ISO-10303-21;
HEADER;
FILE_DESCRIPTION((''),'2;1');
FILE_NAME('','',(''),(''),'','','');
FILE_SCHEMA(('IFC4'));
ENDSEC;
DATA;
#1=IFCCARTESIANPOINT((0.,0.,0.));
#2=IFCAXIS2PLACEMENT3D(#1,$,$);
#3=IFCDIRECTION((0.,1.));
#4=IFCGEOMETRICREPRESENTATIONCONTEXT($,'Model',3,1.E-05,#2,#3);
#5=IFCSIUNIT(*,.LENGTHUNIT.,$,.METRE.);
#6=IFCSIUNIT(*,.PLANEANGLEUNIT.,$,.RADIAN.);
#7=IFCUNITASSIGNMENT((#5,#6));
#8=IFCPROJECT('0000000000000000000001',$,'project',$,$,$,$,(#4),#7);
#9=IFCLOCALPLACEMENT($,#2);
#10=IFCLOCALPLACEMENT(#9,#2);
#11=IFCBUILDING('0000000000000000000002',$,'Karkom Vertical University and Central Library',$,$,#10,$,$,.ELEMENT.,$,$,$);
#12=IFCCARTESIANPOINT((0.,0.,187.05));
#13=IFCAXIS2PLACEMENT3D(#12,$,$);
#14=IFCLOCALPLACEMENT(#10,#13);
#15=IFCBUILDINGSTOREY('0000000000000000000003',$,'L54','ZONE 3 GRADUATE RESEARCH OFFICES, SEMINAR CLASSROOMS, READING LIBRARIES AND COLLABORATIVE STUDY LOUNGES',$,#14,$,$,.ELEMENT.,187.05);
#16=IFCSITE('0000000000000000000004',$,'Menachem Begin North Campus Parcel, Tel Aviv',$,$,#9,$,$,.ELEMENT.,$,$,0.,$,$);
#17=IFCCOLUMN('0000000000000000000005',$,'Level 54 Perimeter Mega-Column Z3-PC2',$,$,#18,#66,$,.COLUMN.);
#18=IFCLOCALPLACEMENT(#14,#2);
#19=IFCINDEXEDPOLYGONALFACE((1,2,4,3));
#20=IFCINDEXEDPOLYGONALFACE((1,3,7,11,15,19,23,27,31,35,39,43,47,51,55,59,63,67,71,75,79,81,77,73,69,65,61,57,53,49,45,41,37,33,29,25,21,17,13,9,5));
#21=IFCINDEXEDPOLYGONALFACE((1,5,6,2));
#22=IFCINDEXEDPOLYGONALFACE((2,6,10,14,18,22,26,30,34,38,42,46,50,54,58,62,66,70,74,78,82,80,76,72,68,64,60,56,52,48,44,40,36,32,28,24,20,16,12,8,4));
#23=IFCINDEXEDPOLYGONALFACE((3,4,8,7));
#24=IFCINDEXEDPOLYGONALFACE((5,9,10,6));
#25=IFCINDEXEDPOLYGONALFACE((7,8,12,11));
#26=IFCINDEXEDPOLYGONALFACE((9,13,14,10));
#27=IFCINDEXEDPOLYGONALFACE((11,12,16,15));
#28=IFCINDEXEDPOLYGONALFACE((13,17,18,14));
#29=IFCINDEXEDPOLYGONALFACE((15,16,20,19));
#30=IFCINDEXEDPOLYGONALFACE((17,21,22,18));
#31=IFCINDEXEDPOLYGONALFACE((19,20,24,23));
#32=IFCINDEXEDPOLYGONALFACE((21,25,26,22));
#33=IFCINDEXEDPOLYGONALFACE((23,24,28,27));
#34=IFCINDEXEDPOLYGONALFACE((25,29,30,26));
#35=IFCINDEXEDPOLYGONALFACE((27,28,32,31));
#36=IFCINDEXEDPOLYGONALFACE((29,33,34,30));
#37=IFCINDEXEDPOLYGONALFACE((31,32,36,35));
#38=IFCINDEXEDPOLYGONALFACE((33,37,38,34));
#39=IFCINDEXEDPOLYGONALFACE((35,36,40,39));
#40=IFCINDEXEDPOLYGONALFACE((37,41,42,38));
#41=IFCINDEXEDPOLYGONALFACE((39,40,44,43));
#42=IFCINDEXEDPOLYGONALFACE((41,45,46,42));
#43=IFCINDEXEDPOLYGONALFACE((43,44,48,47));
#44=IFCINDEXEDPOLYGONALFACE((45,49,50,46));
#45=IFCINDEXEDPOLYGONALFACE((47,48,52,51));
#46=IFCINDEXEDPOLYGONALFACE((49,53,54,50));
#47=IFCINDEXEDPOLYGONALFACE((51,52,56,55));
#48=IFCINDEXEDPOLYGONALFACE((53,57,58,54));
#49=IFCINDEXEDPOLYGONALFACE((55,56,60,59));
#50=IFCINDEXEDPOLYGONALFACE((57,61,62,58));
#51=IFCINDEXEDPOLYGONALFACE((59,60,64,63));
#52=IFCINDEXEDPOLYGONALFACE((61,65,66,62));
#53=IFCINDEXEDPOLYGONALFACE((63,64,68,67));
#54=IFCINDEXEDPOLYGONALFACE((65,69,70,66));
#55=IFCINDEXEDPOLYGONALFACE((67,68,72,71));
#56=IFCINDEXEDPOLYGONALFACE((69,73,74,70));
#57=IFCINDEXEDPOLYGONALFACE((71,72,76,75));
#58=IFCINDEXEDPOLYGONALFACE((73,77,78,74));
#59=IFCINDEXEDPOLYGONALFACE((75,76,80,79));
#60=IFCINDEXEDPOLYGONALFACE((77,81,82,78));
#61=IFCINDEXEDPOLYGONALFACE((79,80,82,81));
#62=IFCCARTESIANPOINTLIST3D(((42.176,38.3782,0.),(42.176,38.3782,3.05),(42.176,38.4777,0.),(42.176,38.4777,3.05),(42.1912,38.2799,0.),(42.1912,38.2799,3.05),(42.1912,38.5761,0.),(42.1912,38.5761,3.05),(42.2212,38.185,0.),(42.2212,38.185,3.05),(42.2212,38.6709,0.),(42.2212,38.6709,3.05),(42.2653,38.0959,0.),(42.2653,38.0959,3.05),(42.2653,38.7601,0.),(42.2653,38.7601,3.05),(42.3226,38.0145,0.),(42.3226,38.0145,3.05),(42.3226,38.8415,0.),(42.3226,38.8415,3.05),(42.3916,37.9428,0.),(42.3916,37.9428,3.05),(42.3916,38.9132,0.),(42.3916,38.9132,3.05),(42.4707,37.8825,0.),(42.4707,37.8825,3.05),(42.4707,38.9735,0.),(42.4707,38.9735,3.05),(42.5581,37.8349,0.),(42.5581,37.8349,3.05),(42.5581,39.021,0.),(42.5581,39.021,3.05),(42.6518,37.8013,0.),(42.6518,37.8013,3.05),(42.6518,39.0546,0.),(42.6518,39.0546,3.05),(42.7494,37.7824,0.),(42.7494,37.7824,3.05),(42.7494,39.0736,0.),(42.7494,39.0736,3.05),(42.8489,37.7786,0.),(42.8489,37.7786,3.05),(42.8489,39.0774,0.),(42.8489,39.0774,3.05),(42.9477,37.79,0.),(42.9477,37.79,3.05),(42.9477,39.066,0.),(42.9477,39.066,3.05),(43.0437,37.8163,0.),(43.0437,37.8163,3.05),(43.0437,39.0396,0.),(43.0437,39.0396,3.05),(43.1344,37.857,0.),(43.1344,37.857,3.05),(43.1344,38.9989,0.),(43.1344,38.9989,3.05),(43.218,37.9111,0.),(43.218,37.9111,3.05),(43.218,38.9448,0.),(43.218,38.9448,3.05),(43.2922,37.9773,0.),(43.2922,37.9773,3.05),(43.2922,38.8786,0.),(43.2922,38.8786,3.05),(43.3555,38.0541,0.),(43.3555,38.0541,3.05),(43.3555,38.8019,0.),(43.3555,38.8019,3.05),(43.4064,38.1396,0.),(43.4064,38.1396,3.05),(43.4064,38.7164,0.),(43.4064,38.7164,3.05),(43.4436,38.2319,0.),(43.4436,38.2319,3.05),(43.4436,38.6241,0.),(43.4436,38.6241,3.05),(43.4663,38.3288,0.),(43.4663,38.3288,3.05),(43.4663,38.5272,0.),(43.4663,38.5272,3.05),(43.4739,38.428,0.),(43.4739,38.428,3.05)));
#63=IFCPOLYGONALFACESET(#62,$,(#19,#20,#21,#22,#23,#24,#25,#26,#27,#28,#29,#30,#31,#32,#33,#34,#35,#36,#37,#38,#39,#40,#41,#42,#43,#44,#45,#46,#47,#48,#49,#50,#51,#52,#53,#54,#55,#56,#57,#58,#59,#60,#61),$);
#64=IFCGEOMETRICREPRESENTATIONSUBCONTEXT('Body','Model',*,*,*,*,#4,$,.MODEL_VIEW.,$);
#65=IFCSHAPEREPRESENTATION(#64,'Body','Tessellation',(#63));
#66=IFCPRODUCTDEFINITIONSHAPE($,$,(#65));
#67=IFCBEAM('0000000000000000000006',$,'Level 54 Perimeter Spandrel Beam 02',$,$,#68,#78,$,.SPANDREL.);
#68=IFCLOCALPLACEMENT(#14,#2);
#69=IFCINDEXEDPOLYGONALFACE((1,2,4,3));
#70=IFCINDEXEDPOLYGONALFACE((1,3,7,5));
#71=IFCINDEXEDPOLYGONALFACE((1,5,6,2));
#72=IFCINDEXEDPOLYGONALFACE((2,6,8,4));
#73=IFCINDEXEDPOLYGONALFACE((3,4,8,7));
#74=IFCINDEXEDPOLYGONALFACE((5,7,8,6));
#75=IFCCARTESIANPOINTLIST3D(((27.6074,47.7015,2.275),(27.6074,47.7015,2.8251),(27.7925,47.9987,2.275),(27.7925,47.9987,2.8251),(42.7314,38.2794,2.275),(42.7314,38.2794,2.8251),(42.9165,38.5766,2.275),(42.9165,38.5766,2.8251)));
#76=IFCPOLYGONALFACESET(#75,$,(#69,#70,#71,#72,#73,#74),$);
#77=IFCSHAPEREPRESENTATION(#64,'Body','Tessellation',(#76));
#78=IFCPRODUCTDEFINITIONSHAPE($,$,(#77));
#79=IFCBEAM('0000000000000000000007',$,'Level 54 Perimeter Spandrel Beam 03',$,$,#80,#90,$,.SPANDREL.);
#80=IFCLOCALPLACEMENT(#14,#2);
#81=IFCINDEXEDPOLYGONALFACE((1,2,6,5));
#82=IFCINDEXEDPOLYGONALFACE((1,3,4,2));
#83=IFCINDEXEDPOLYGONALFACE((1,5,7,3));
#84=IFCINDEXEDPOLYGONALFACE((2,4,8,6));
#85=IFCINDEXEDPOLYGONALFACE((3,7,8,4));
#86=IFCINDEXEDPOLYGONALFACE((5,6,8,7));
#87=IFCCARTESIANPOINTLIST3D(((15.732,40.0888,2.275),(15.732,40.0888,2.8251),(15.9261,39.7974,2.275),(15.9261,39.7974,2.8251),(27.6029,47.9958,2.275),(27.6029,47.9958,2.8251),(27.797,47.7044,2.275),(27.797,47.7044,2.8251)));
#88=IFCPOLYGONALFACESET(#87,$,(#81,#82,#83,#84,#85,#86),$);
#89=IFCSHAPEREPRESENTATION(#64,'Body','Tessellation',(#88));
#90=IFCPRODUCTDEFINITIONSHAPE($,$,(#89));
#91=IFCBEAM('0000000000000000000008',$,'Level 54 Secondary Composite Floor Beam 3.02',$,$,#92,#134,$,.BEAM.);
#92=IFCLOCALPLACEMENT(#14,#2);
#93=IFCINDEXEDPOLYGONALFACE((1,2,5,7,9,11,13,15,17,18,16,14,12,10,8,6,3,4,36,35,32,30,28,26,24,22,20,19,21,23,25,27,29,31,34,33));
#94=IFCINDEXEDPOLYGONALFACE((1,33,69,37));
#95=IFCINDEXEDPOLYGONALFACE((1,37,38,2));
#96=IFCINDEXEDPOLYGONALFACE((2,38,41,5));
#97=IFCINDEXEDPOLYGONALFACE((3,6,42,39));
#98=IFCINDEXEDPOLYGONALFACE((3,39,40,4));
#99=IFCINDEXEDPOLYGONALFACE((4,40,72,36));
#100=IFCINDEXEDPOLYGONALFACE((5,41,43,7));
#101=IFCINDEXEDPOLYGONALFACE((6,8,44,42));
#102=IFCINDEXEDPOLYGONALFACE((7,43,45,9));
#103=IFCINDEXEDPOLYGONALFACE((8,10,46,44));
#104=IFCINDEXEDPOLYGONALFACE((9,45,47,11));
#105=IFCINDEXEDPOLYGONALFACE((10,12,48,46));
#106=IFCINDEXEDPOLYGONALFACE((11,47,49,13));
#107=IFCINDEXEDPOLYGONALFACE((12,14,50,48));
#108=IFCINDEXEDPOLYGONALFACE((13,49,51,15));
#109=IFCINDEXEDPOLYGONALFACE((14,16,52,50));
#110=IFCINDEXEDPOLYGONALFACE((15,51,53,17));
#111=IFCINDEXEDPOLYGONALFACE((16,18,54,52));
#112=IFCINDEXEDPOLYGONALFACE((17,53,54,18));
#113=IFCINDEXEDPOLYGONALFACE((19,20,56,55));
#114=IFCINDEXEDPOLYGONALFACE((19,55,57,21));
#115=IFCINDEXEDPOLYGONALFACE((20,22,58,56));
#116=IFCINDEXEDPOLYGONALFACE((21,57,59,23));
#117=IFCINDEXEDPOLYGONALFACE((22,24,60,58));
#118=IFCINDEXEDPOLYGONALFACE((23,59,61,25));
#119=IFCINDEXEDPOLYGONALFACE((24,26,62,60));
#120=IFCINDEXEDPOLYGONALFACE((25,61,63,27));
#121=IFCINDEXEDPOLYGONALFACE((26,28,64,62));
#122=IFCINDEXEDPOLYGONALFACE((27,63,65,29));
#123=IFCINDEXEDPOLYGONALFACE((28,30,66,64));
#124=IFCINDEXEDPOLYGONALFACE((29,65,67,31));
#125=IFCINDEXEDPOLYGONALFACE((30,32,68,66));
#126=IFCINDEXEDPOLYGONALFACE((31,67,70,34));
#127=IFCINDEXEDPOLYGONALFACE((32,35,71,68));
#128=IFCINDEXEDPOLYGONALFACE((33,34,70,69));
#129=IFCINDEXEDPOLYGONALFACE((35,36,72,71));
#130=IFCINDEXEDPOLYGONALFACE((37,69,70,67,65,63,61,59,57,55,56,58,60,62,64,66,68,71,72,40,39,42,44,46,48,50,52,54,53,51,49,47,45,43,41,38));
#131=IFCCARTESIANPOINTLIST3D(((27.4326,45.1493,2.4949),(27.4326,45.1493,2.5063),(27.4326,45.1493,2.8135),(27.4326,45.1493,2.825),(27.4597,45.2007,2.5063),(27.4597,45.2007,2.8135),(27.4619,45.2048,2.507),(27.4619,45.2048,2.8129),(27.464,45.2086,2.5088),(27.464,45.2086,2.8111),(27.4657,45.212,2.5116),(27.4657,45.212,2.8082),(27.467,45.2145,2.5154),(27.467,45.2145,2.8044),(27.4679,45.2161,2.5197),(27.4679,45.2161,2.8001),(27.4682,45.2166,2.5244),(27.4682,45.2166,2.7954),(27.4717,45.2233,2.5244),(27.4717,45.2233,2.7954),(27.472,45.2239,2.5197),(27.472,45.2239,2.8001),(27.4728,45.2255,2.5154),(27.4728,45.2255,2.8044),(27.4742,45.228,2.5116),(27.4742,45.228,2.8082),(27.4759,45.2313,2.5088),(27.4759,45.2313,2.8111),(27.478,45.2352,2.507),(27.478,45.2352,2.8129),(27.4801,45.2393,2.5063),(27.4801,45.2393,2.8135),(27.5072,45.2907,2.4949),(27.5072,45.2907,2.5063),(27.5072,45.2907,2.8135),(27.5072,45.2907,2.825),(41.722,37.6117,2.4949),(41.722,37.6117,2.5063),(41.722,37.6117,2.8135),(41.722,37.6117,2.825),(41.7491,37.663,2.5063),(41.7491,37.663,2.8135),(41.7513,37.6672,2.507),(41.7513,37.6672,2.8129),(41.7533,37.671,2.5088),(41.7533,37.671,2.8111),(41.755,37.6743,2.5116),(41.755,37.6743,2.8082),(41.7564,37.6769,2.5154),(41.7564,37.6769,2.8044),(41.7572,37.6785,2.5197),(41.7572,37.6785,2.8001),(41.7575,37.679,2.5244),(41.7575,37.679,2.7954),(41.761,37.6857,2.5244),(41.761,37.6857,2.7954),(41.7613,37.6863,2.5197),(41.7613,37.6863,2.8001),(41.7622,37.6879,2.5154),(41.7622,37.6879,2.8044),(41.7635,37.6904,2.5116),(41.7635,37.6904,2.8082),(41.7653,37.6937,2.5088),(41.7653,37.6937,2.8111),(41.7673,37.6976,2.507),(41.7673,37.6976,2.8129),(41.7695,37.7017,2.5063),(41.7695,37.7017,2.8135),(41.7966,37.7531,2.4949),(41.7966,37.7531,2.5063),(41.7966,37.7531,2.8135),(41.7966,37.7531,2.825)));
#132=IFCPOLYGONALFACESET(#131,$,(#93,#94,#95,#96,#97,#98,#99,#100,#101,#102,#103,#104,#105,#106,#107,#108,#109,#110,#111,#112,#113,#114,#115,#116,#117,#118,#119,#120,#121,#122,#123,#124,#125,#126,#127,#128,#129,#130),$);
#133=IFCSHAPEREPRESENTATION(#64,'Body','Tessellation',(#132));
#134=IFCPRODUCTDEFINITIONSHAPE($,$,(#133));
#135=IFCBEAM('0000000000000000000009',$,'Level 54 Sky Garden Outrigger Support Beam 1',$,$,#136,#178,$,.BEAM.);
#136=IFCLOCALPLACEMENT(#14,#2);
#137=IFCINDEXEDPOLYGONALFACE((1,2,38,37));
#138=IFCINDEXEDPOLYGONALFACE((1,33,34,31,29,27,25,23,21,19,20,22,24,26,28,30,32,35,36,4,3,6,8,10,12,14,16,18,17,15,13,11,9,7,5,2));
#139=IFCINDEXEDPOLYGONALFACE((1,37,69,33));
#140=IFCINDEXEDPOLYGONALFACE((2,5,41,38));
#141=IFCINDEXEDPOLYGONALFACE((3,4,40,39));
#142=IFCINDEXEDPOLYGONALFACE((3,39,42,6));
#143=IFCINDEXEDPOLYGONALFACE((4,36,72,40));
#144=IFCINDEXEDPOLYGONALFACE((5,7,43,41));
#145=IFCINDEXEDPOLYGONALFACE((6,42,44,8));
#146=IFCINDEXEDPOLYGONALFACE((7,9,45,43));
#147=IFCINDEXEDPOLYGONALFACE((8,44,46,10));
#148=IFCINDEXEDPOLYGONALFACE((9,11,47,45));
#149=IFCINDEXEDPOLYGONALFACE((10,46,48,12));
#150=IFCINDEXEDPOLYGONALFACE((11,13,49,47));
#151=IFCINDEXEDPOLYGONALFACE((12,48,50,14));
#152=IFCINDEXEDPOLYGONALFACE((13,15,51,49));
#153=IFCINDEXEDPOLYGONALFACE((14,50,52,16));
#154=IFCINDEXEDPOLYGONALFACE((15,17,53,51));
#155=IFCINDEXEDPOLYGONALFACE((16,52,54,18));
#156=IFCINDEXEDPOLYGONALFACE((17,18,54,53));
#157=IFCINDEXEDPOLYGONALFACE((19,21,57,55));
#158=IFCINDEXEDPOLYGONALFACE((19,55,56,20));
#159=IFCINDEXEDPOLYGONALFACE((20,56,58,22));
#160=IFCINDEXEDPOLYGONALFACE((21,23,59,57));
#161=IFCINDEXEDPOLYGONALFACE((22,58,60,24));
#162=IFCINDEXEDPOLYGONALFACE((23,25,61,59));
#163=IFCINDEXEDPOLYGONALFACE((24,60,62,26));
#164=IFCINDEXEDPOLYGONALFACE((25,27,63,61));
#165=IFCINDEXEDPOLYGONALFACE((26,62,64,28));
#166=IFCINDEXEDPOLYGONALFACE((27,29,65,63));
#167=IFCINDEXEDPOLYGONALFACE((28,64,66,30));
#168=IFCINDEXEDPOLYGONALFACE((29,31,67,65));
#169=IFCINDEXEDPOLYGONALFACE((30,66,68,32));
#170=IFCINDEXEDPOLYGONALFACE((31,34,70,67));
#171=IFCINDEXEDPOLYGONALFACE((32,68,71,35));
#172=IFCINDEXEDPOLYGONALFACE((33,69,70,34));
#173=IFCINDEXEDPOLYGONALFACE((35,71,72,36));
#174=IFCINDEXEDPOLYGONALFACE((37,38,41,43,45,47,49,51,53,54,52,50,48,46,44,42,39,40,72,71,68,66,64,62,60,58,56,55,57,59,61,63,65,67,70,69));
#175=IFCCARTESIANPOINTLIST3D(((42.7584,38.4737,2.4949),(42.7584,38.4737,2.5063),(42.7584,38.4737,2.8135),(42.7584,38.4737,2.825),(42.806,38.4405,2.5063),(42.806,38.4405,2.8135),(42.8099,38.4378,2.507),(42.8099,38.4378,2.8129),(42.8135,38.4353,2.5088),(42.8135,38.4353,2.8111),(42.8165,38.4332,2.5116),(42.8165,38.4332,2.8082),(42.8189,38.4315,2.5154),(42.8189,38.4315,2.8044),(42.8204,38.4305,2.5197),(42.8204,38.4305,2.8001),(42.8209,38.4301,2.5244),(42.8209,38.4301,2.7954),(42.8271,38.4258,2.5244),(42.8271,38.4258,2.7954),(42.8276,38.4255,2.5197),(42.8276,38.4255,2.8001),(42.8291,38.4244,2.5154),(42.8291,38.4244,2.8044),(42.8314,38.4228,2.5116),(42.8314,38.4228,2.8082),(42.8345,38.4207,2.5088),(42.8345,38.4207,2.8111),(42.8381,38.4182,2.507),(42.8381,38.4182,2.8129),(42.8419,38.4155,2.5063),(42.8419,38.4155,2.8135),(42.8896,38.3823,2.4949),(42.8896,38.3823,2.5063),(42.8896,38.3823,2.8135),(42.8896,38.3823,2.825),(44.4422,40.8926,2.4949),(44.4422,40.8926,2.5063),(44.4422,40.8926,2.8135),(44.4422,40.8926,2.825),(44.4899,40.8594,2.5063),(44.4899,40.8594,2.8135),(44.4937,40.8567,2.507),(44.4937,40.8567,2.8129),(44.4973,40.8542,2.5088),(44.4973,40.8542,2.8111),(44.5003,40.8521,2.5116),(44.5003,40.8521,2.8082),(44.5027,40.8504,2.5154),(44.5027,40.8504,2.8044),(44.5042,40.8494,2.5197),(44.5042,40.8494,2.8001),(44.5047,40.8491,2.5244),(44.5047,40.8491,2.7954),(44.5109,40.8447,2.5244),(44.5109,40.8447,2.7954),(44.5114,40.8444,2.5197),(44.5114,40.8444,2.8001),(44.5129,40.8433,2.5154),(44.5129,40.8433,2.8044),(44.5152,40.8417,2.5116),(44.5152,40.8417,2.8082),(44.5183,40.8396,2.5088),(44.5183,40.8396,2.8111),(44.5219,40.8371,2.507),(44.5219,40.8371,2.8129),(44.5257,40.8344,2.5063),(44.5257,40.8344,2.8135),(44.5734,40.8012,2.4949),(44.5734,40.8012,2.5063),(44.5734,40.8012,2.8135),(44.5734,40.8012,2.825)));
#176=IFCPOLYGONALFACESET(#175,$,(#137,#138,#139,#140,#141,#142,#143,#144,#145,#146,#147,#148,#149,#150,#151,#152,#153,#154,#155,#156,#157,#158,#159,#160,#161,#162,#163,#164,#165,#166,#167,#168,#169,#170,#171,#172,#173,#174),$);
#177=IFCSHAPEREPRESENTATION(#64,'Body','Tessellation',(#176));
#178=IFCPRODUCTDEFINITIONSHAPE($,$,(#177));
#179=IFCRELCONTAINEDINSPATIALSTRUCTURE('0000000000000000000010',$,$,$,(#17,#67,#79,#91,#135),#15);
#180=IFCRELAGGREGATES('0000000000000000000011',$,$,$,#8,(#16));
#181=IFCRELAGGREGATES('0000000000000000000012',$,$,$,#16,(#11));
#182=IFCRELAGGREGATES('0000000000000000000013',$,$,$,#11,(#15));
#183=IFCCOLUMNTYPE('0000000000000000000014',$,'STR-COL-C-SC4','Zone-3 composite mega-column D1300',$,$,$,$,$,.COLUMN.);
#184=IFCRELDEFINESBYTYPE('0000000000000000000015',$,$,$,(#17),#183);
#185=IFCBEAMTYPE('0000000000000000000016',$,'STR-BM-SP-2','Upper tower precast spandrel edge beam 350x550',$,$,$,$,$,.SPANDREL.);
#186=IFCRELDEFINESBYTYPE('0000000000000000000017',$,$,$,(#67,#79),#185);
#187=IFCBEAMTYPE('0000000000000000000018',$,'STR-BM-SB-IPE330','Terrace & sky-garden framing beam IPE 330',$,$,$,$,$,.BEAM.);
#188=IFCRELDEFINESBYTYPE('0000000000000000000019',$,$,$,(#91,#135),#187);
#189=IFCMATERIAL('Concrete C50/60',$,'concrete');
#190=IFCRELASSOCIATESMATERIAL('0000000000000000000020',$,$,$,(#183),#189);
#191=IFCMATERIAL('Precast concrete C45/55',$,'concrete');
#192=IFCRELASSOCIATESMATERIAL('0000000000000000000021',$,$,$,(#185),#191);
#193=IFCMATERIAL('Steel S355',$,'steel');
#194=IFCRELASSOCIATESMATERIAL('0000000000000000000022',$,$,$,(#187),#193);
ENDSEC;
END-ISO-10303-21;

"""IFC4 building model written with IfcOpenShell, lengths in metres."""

from ifc_helpers import new_model, si_unit, direction, frame, origin, origin_with_axes, origin_2d, place, context, subcontext, project, spatial, rectangle, circle, i_section, extrude, source, transform, mapped, material, material_profile, profile_set, type_object, element, save


model = new_model("IFC4")

# Units and contexts
model_context = context("Model", 3, precision=1e-05, world=origin(), true_north=direction((0.0, 1.0)))
body_context = subcontext(model_context, "Body", "Model", "MODEL_VIEW")
ifc_project = project(units=[si_unit("LENGTHUNIT", "METRE"), si_unit("PLANEANGLEUNIT", "RADIAN")], contexts=[model_context])

# Site, building, storey
site_placement = place(None, origin())
site = spatial("IfcSite", under=ifc_project, at=site_placement, Name="Menachem Begin North Campus Parcel, Tel Aviv", CompositionType="ELEMENT", RefElevation=0.0)
building_placement = place(site_placement, origin())
building = spatial("IfcBuilding", under=site, at=building_placement, Name="Karkom Vertical University and Central Library", CompositionType="ELEMENT")
storey_placement = place(building_placement, frame((0.0, 0.0, 187.05)))
storey = spatial("IfcBuildingStorey", under=building, at=storey_placement, Name="L54", Description="ZONE 3 GRADUATE RESEARCH OFFICES, SEMINAR CLASSROOMS, READING LIBRARIES AND COLLABORATIVE STUDY LOUNGES", CompositionType="ELEMENT", Elevation=187.05)

# Column
ifc_material_1 = material(Name="Concrete C50/60", Category="concrete")
ifc_material_profile_1 = material_profile(ifc_material_1, circle(Radius=0.6499, at=origin_2d()), Name="CFT-D1300")
ifc_profile_set_1 = profile_set([ifc_material_profile_1], Name="Concrete C50/60")
column_type = type_object("IfcColumnType", Name="STR-COL-C-SC4", Description="Zone-3 composite mega-column D1300", PredefinedType="COLUMN", material=ifc_profile_set_1)
shared_shape_1 = source(origin_with_axes(), body_context, "Body", "SweptSolid", [
    extrude(circle(Radius=0.6499, at=origin_2d()), origin(), (0.0, 0.0, 1.0), 3.05),
])
column_placement = place(storey_placement, frame((42.824, 38.428, 0.0), z_axis=(0.0, 0.0, 1.0), x_axis=(1.0, 0.0, 0.0)))
element("IfcColumn", 1, at=column_placement, inside=storey, type_object=column_type, Name="Level 54 Perimeter Mega-Column Z3-PC2", PredefinedType="COLUMN", context=body_context, shape_type="MappedRepresentation", body=[
    mapped(shared_shape_1, transform((0.0, 0.0, 0.0), scale=1.0)),
])

# Beams
ifc_material_2 = material(Name="Precast concrete C45/55", Category="concrete")
ifc_material_profile_2 = material_profile(ifc_material_2, rectangle(XDim=0.3501, YDim=0.55, at=origin_2d()), Name="SPB-350x550")
ifc_profile_set_2 = profile_set([ifc_material_profile_2], Name="Precast concrete C45/55")
beam_type_1 = type_object("IfcBeamType", Name="STR-BM-SP-2", Description="Upper tower precast spandrel edge beam 350x550", PredefinedType="SPANDREL", material=ifc_profile_set_2)
shared_shape_2 = source(origin_with_axes(), body_context, "Body", "SweptSolid", [
    extrude(rectangle(XDim=0.3501, YDim=0.55, at=origin_2d()), origin(), (0.0, 0.0, 1.0), 17.8188),
])
beam_1_placement = place(storey_placement, frame((42.824, 38.428, 2.55), z_axis=(-0.848764, 0.528772, 0.0), x_axis=(-0.528772, -0.848764, 0.0)))
element("IfcBeam", 2, at=beam_1_placement, inside=storey, type_object=beam_type_1, Name="Level 54 Perimeter Spandrel Beam 02", PredefinedType="SPANDREL", context=body_context, shape_type="MappedRepresentation", body=[
    mapped(shared_shape_2, transform((0.0, 0.0, 0.0), scale=1.0)),
])
shared_shape_3 = source(origin_with_axes(), body_context, "Body", "SweptSolid", [
    extrude(rectangle(XDim=0.3501, YDim=0.55, at=origin_2d()), origin(), (0.0, 0.0, 1.0), 14.2632),
])
beam_2_placement = place(storey_placement, frame((27.7, 47.8501, 2.55), z_axis=(-0.832274, -0.554364, 0.0), x_axis=(0.554364, -0.832274, 0.0)))
element("IfcBeam", 3, at=beam_2_placement, inside=storey, type_object=beam_type_1, Name="Level 54 Perimeter Spandrel Beam 03", PredefinedType="SPANDREL", context=body_context, shape_type="MappedRepresentation", body=[
    mapped(shared_shape_3, transform((0.0, 0.0, 0.0), scale=1.0)),
])
ifc_material_3 = material(Name="Steel S355", Category="steel")
ifc_material_profile_3 = material_profile(ifc_material_3, i_section(OverallWidth=0.1599, OverallDepth=0.3301, WebThickness=0.0076, FlangeThickness=0.0115, FilletRadius=0.0181, at=origin_2d()), Name="IPE 330")
ifc_profile_set_3 = profile_set([ifc_material_profile_3], Name="Steel S355")
beam_type_2 = type_object("IfcBeamType", Name="STR-BM-SB-IPE330", Description="Terrace & sky-garden framing beam IPE 330", PredefinedType="BEAM", material=ifc_profile_set_3)
shared_shape_4 = source(origin_with_axes(), body_context, "Body", "SweptSolid", [
    extrude(i_section(OverallWidth=0.1599, OverallDepth=0.3301, WebThickness=0.0076, FlangeThickness=0.0115, FilletRadius=0.0181, at=origin_2d()), origin(), (0.0, 0.0, 1.0), 16.1555),
])
beam_3_placement = place(storey_placement, frame((41.7593, 37.6824, 2.6599), z_axis=(-0.884486, 0.466566, 0.0), x_axis=(-0.466566, -0.884486, 0.0)))
element("IfcBeam", 4, at=beam_3_placement, inside=storey, type_object=beam_type_2, Name="Level 54 Secondary Composite Floor Beam 3.02", PredefinedType="BEAM", context=body_context, shape_type="MappedRepresentation", body=[
    mapped(shared_shape_4, transform((0.0, 0.0, 0.0), scale=1.0)),
])
shared_shape_5 = source(origin_with_axes(), body_context, "Body", "SweptSolid", [
    extrude(i_section(OverallWidth=0.1599, OverallDepth=0.3301, WebThickness=0.0076, FlangeThickness=0.0115, FilletRadius=0.0181, at=origin_2d()), origin(), (0.0, 0.0, 1.0), 2.9473),
])
beam_4_placement = place(storey_placement, frame((42.824, 38.428, 2.6599), z_axis=(0.571314, 0.820731, 0.0), x_axis=(-0.820731, 0.571314, 0.0)))
element("IfcBeam", 5, at=beam_4_placement, inside=storey, type_object=beam_type_2, Name="Level 54 Sky Garden Outrigger Support Beam 1", PredefinedType="BEAM", context=body_context, shape_type="MappedRepresentation", body=[
    mapped(shared_shape_5, transform((0.0, 0.0, 0.0), scale=1.0)),
])

save(model, "model.ifc")
